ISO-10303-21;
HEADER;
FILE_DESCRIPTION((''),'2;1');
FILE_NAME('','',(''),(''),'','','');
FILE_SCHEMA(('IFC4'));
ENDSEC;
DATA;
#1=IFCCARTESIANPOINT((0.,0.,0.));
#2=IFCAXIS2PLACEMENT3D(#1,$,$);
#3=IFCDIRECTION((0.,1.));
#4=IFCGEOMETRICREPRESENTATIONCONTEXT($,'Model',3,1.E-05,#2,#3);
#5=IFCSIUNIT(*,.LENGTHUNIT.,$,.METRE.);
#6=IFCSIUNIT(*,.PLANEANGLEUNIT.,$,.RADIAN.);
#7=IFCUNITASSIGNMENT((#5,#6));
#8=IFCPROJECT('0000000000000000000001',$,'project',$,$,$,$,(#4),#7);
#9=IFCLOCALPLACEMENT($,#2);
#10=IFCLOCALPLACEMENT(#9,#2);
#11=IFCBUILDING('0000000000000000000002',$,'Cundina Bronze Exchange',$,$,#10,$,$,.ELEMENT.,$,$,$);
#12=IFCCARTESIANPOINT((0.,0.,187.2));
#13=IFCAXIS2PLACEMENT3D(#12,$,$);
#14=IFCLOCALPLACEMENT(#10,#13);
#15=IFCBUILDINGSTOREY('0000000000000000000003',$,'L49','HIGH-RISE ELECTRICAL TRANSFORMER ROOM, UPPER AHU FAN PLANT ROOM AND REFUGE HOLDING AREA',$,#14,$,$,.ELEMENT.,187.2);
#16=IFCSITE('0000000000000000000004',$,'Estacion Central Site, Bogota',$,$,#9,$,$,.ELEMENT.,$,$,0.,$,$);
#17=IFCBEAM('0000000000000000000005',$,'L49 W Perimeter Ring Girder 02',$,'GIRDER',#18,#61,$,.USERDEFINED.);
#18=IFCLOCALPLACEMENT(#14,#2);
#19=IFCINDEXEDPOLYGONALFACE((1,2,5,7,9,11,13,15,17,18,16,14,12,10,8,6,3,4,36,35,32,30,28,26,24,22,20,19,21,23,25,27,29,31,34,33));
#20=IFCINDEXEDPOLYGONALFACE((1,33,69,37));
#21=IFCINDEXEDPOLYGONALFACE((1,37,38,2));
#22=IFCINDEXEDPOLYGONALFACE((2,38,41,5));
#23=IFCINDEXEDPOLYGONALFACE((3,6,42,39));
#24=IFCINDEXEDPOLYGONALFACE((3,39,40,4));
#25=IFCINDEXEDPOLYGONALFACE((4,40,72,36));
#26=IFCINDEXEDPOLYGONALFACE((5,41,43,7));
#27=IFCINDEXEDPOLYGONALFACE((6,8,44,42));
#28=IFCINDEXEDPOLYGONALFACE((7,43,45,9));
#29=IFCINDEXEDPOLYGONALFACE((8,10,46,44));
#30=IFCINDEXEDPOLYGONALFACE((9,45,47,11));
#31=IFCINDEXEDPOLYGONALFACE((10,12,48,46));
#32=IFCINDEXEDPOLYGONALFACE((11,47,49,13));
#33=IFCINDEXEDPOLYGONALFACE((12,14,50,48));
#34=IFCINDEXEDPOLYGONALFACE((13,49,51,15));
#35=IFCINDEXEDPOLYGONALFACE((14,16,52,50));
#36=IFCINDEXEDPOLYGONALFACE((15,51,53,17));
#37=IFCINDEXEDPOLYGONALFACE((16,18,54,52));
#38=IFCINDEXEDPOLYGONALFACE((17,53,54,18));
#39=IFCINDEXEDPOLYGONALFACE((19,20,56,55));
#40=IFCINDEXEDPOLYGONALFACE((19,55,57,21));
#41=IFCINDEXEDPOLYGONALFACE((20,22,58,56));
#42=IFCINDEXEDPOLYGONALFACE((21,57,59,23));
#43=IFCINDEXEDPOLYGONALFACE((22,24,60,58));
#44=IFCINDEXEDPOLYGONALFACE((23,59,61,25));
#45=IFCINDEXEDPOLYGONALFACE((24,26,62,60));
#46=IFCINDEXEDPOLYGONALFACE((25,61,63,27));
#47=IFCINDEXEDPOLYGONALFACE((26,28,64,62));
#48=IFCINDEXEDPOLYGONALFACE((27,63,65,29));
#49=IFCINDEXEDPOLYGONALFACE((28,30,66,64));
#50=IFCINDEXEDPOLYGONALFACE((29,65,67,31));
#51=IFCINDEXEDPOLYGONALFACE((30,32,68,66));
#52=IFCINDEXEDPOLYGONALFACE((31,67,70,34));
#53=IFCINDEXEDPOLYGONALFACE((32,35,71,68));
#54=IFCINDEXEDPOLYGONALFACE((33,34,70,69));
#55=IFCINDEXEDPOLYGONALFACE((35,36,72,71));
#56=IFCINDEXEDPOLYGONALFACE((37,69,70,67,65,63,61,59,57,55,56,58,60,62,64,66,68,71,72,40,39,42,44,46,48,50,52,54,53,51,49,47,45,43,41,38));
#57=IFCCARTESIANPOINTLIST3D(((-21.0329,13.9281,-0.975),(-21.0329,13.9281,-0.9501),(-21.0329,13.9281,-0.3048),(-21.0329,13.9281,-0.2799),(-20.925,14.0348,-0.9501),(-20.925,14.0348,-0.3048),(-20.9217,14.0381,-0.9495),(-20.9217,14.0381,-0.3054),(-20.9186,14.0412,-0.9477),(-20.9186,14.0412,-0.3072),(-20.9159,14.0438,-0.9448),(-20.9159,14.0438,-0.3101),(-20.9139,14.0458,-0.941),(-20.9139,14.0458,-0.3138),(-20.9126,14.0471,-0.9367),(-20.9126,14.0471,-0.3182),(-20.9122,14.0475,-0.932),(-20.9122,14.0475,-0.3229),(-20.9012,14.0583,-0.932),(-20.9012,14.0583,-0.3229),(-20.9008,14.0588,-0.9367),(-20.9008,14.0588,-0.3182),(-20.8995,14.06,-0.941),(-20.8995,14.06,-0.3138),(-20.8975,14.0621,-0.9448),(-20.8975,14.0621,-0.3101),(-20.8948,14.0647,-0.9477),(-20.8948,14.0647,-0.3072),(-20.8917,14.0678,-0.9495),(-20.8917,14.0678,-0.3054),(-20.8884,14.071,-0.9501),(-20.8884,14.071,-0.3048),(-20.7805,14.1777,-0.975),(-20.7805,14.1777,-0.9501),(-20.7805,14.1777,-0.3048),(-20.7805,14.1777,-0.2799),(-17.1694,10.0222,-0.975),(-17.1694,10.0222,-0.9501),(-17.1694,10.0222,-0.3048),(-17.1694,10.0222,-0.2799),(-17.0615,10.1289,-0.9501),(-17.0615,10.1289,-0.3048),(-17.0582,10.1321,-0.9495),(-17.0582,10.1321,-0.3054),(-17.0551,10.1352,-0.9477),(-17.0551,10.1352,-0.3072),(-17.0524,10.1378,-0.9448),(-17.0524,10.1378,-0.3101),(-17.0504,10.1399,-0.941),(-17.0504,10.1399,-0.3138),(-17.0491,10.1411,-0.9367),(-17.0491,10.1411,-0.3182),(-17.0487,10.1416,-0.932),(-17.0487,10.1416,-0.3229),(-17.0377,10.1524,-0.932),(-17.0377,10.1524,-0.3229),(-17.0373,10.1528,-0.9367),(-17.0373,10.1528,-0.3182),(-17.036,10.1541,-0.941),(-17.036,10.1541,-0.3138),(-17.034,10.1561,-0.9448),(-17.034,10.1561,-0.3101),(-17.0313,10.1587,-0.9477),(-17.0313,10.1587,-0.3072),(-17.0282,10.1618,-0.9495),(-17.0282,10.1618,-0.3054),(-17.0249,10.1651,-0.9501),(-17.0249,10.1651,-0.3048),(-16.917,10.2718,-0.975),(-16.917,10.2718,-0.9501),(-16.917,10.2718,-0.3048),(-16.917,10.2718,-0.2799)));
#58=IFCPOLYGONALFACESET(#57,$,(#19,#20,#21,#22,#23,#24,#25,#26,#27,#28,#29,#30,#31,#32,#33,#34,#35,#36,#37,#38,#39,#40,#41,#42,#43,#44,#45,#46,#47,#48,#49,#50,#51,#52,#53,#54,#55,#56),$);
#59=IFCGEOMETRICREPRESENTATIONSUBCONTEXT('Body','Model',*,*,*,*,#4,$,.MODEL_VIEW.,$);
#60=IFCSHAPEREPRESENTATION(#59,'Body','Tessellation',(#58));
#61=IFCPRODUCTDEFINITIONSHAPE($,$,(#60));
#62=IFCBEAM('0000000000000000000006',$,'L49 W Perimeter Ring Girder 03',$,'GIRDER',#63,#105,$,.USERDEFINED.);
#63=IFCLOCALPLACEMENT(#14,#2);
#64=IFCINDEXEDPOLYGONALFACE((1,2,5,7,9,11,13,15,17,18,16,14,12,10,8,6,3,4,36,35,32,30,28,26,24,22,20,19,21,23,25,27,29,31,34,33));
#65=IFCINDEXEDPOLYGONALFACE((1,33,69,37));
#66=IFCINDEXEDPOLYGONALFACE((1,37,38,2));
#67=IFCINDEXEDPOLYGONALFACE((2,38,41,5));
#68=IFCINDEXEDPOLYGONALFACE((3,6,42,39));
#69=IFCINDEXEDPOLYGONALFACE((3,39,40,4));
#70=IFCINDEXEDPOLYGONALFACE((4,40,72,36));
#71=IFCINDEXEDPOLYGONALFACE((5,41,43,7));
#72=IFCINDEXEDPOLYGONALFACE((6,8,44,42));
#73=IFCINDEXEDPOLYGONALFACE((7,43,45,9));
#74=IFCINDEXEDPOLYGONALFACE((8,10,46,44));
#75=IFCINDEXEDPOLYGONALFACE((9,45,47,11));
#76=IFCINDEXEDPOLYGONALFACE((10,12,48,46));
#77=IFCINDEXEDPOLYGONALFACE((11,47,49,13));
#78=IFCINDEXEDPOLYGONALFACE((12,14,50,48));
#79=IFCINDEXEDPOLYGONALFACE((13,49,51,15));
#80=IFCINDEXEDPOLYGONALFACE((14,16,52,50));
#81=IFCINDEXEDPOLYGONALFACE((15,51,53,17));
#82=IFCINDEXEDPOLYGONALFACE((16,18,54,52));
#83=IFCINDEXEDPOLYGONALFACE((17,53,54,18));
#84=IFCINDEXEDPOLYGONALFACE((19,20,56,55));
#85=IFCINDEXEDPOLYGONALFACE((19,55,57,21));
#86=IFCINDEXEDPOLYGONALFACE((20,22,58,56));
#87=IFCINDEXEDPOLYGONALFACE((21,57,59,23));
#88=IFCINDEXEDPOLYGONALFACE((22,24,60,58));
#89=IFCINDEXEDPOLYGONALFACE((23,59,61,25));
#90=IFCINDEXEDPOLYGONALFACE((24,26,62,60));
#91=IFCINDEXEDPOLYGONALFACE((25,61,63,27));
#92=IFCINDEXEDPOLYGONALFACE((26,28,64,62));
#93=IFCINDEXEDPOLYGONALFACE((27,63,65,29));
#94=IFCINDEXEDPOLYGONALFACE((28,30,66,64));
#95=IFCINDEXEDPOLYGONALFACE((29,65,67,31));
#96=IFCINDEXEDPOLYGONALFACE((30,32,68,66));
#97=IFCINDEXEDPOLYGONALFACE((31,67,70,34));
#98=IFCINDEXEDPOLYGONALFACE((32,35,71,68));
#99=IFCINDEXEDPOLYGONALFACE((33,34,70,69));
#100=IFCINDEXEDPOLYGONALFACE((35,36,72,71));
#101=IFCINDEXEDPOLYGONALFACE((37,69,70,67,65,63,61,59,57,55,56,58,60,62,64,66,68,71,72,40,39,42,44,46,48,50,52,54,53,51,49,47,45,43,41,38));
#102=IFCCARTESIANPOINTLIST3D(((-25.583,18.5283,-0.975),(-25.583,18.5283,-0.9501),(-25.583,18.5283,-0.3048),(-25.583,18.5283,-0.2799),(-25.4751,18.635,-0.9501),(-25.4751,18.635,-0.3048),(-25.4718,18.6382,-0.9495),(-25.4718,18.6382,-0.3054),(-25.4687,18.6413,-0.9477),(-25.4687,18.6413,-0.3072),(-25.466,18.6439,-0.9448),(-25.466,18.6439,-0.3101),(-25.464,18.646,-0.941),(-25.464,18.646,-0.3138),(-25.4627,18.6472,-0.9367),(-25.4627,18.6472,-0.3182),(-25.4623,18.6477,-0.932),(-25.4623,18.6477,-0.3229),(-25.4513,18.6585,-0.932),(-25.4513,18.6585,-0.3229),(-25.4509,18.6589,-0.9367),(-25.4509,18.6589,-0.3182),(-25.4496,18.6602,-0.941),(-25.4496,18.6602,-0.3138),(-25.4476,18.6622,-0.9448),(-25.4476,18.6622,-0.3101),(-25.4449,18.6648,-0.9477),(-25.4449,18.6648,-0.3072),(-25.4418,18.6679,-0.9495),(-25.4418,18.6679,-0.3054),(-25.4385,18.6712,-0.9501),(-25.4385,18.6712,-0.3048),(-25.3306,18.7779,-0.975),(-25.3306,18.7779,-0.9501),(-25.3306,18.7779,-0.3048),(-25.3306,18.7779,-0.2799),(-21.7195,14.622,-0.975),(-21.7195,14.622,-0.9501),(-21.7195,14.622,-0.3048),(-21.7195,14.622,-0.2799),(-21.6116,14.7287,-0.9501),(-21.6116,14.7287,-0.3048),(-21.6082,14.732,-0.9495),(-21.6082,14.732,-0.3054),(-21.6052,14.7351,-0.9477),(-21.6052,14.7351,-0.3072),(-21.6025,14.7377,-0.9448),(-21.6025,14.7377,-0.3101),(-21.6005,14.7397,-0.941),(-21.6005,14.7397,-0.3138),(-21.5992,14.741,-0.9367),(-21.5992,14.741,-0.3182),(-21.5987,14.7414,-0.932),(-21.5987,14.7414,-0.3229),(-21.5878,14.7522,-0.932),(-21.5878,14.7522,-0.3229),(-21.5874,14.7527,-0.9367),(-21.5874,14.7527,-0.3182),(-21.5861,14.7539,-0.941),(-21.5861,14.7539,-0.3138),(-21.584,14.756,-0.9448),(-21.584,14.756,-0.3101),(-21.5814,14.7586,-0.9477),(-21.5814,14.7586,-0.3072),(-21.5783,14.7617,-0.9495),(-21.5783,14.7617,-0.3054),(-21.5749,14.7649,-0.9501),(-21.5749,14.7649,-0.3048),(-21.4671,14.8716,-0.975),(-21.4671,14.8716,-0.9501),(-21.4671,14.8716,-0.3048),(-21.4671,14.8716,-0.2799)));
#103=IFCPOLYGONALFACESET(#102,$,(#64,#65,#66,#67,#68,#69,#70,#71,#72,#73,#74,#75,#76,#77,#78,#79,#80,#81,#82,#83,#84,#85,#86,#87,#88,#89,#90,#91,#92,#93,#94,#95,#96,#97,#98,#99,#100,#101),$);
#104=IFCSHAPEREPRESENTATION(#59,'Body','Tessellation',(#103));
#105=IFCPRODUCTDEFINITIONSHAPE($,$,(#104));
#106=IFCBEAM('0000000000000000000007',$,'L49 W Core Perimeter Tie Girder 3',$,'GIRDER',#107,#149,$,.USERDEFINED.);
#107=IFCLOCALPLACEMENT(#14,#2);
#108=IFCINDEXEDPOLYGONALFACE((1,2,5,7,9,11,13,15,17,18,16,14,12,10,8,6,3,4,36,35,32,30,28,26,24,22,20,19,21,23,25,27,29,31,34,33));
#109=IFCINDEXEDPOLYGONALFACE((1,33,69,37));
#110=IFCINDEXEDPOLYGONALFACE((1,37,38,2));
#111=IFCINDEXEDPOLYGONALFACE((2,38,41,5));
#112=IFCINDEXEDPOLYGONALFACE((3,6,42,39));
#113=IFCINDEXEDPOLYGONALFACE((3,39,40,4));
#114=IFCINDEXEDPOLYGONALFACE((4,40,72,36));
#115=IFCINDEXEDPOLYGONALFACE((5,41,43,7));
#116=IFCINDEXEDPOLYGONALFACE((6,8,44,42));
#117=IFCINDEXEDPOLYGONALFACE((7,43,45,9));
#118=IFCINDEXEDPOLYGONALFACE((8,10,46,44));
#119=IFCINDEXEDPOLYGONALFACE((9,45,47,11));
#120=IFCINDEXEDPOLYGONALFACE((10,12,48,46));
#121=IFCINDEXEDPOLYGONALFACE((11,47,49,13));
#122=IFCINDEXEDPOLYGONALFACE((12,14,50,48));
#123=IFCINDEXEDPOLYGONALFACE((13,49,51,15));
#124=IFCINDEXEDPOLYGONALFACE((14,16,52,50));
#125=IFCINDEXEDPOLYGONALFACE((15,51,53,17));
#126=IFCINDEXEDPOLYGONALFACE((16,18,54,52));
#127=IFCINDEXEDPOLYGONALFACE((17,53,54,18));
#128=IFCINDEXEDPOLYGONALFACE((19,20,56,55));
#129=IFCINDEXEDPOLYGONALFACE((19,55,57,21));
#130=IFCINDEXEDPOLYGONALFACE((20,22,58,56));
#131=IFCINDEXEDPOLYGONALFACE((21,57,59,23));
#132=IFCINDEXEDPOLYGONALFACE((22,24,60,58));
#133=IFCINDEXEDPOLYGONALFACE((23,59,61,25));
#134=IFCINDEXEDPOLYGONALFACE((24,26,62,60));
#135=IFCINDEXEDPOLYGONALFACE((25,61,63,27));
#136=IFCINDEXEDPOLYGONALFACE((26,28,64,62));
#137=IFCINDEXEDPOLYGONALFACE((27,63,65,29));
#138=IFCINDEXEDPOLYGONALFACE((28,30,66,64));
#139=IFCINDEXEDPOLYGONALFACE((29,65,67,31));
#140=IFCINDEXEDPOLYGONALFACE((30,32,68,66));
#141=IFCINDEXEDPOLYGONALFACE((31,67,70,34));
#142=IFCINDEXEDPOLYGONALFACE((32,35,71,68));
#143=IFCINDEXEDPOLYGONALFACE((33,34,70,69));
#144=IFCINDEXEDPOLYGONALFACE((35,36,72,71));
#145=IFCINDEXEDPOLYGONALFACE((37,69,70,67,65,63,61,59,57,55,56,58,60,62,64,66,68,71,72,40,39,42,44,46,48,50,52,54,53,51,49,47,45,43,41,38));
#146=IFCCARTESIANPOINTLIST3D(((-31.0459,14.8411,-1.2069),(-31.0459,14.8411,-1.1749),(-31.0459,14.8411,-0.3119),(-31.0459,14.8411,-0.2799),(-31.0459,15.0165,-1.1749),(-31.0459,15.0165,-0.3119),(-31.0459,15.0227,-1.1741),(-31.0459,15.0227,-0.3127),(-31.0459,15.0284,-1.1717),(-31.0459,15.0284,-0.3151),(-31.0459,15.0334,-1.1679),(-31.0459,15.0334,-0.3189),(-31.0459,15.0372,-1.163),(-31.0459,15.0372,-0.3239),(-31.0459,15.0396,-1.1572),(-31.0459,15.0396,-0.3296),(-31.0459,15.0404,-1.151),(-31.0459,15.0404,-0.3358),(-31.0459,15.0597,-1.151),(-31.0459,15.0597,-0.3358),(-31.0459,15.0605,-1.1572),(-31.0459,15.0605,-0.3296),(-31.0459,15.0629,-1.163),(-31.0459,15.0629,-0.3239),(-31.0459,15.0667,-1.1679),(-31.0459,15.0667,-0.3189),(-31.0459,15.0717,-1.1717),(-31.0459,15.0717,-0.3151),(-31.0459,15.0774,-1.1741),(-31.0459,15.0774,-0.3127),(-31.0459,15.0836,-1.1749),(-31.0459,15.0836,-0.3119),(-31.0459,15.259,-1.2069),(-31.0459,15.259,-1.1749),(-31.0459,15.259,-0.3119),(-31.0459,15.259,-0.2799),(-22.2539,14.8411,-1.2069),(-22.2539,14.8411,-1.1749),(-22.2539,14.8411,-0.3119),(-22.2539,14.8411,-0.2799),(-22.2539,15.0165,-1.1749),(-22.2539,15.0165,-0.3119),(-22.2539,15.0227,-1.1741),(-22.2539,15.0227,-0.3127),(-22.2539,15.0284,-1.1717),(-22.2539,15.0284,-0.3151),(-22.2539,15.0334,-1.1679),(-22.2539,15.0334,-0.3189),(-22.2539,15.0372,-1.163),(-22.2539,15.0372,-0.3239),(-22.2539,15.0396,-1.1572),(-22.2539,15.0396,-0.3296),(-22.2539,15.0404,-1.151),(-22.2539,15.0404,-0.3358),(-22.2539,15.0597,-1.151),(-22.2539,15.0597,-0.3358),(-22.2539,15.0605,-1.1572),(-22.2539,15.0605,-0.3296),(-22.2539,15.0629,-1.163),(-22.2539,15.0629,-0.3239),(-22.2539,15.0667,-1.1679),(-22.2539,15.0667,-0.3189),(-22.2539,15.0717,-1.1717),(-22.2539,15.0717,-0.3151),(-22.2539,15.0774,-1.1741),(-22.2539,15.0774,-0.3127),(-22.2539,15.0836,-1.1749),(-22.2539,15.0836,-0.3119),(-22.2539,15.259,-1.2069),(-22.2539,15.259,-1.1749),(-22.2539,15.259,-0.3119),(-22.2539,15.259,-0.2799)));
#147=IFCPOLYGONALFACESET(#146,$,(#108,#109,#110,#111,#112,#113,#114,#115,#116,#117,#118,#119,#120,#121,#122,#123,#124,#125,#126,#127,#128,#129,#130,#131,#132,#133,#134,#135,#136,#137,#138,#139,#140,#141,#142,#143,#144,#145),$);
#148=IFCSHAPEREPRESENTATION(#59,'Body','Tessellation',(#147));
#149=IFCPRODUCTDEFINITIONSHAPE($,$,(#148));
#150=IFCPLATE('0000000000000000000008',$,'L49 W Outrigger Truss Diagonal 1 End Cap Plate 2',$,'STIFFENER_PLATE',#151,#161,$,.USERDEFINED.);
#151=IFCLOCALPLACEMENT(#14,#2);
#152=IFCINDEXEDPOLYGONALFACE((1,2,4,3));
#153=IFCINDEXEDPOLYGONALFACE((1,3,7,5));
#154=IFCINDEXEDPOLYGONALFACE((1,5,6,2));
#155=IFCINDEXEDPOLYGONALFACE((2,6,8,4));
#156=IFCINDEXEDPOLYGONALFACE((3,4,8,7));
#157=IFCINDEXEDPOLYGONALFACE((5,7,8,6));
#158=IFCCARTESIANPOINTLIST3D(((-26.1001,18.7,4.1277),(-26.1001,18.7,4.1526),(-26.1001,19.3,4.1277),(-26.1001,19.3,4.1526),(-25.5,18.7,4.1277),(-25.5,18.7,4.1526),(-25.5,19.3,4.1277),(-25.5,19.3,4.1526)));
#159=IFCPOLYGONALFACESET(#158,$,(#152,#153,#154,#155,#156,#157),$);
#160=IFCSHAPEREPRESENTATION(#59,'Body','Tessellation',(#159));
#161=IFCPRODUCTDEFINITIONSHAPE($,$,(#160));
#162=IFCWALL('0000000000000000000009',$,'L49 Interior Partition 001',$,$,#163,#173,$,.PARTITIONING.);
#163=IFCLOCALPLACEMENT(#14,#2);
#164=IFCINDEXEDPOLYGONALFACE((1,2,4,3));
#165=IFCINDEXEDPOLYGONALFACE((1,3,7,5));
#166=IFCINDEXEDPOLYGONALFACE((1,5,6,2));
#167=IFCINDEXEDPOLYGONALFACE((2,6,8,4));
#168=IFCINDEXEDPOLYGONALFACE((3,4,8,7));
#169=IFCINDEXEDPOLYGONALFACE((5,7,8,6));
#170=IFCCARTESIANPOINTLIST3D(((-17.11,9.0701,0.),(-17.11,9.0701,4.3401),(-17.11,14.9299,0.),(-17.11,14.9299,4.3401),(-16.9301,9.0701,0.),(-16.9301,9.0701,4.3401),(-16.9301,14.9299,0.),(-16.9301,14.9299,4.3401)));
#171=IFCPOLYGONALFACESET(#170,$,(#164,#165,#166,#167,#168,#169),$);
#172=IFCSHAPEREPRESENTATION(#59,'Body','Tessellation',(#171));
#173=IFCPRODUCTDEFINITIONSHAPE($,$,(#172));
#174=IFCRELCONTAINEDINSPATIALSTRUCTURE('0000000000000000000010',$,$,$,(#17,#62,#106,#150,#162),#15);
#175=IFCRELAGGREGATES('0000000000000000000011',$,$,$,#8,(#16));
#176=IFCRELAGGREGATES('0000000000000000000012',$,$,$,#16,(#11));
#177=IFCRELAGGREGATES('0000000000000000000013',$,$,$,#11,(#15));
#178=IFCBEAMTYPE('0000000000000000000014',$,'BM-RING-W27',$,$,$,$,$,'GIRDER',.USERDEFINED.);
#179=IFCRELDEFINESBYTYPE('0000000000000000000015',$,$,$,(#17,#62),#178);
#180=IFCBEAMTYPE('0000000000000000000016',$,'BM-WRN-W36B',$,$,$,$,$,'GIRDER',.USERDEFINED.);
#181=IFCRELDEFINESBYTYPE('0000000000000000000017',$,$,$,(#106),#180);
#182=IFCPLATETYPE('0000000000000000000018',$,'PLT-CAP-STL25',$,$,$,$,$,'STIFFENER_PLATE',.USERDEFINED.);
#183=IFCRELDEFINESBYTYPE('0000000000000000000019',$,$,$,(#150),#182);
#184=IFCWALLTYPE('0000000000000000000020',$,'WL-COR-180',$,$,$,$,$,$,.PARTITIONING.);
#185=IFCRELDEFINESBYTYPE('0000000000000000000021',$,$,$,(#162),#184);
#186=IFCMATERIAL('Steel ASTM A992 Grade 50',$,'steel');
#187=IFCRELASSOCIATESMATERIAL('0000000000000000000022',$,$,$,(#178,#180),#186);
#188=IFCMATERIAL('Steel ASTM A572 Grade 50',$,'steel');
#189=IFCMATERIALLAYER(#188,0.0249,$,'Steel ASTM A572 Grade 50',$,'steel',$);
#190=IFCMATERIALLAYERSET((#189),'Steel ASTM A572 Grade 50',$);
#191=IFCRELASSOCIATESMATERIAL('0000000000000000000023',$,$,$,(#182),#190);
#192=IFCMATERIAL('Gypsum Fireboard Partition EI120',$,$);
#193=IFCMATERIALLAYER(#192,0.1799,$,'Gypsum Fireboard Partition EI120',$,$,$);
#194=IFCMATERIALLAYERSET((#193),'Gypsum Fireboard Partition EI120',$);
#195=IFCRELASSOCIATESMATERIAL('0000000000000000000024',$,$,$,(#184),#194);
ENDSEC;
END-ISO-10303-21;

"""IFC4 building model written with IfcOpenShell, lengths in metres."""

from ifc_helpers import new_model, si_unit, direction, frame, frame_2d, origin, origin_2d, place, context, subcontext, project, spatial, rectangle, i_section, extrude, material, layer, layer_set, material_profile, profile_set, type_object, element, save


model = new_model("IFC4")

# Units and contexts
model_context = context("Model", 3, precision=1e-05, world=origin(), true_north=direction((0.0, 1.0)))
body_context = subcontext(model_context, "Body", "Model", "MODEL_VIEW")
ifc_project = project(units=[si_unit("LENGTHUNIT", "METRE"), si_unit("PLANEANGLEUNIT", "RADIAN")], contexts=[model_context])

# Site, building, storey
site_placement = place(None, origin())
site = spatial("IfcSite", under=ifc_project, at=site_placement, Name="Estacion Central Site, Bogota", CompositionType="ELEMENT", RefElevation=0.0)
building_placement = place(site_placement, origin())
building = spatial("IfcBuilding", under=site, at=building_placement, Name="Cundina Bronze Exchange", CompositionType="ELEMENT")
storey_placement = place(building_placement, frame((0.0, 0.0, 187.2)))
storey = spatial("IfcBuildingStorey", under=building, at=storey_placement, Name="L49", Description="HIGH-RISE ELECTRICAL TRANSFORMER ROOM, UPPER AHU FAN PLANT ROOM AND REFUGE HOLDING AREA", CompositionType="ELEMENT", Elevation=187.2)

# Shared definitions
ifc_material_1 = material(Name="Steel ASTM A992 Grade 50", Category="steel")

# Beams
ifc_material_profile_1 = material_profile(ifc_material_1, i_section(OverallWidth=0.355, OverallDepth=0.6951, WebThickness=0.0154, FlangeThickness=0.0249, FilletRadius=0.0181, at=origin_2d()), Name="W27X146", Category="steel")
ifc_profile_set_1 = profile_set([ifc_material_profile_1], Name="Steel ASTM A992 Grade 50")
beam_type_1 = type_object("IfcBeamType", Name="BM-RING-W27", ElementType="GIRDER", PredefinedType="USERDEFINED", material=ifc_profile_set_1)
beam_1_placement = place(storey_placement, frame((-17.0432, 10.147, -0.6274), z_axis=(-0.70323, 0.710962, 0.0), x_axis=(-0.710962, -0.70323, 0.0)))
element("IfcBeam", 1, at=beam_1_placement, inside=storey, type_object=beam_type_1, Name="L49 W Perimeter Ring Girder 02", ObjectType="GIRDER", PredefinedType="USERDEFINED", context=body_context, shape_type="SweptSolid", body=[
    extrude(i_section(OverallWidth=0.355, OverallDepth=0.6951, WebThickness=0.0154, FlangeThickness=0.0249, FilletRadius=0.0181, at=origin_2d()), origin(), (0.0, 0.0, 1.0), 5.4939),
])
beam_2_placement = place(storey_placement, frame((-21.5933, 14.7468, -0.6274), z_axis=(-0.703208, 0.710984, 0.0), x_axis=(-0.710984, -0.703208, 0.0)))
element("IfcBeam", 2, at=beam_2_placement, inside=storey, type_object=beam_type_1, Name="L49 W Perimeter Ring Girder 03", ObjectType="GIRDER", PredefinedType="USERDEFINED", context=body_context, shape_type="SweptSolid", body=[
    extrude(i_section(OverallWidth=0.355, OverallDepth=0.6951, WebThickness=0.0154, FlangeThickness=0.0249, FilletRadius=0.0181, at=origin_2d()), origin(), (0.0, 0.0, 1.0), 5.4941),
])
ifc_material_profile_2 = material_profile(ifc_material_1, i_section(OverallWidth=0.418, OverallDepth=0.927, WebThickness=0.0193, FlangeThickness=0.032, FilletRadius=0.0239, at=origin_2d()), Name="W36X231", Category="steel")
ifc_profile_set_2 = profile_set([ifc_material_profile_2], Name="Steel ASTM A992 Grade 50")
beam_type_2 = type_object("IfcBeamType", Name="BM-WRN-W36B", ElementType="GIRDER", PredefinedType="USERDEFINED", material=ifc_profile_set_2)
beam_3_placement = place(storey_placement, frame((-22.2539, 15.05, -0.7434), z_axis=(-1.0, 0.0, 0.0), x_axis=(0.0, -1.0, 0.0)))
element("IfcBeam", 3, at=beam_3_placement, inside=storey, type_object=beam_type_2, Name="L49 W Core Perimeter Tie Girder 3", ObjectType="GIRDER", PredefinedType="USERDEFINED", context=body_context, shape_type="SweptSolid", body=[
    extrude(i_section(OverallWidth=0.418, OverallDepth=0.927, WebThickness=0.0193, FlangeThickness=0.032, FilletRadius=0.0239, at=origin_2d()), origin(), (0.0, 0.0, 1.0), 8.792),
])

# Plate
ifc_material_2 = material(Name="Steel ASTM A572 Grade 50", Category="steel")
ifc_layer_1 = layer(ifc_material_2, 0.0249, Name="Steel ASTM A572 Grade 50", Category="steel")
ifc_layer_set_1 = layer_set([ifc_layer_1], Name="Steel ASTM A572 Grade 50")
plate_type = type_object("IfcPlateType", Name="PLT-CAP-STL25", ElementType="STIFFENER_PLATE", PredefinedType="USERDEFINED", material=ifc_layer_set_1)
plate_placement = place(storey_placement, frame((-25.8, 19.0, 4.1277), z_axis=(0.0, 0.0, 1.0), x_axis=(1.0, 0.0, 0.0)))
element("IfcPlate", 4, at=plate_placement, inside=storey, type_object=plate_type, Name="L49 W Outrigger Truss Diagonal 1 End Cap Plate 2", ObjectType="STIFFENER_PLATE", PredefinedType="USERDEFINED", context=body_context, shape_type="SweptSolid", body=[
    extrude(rectangle(XDim=0.6001, YDim=0.6001, at=origin_2d()), origin(), (0.0, 0.0, 1.0), 0.0249),
])

# Wall
ifc_material_3 = material(Name="Gypsum Fireboard Partition EI120")
ifc_layer_2 = layer(ifc_material_3, 0.1799, Name="Gypsum Fireboard Partition EI120")
ifc_layer_set_2 = layer_set([ifc_layer_2], Name="Gypsum Fireboard Partition EI120")
wall_type_1 = type_object("IfcWallType", Name="WL-COR-180", PredefinedType="PARTITIONING", material=ifc_layer_set_2)
wall_1_placement = place(storey_placement, frame((-17.02, 9.0701, 0.0), z_axis=(0.0, 0.0, 1.0), x_axis=(0.0, 1.0, 0.0)))
element("IfcWall", 5, at=wall_1_placement, inside=storey, type_object=wall_type_1, Name="L49 Interior Partition 001", PredefinedType="PARTITIONING", context=body_context, shape_type="SweptSolid", body=[
    extrude(rectangle(XDim=5.8599, YDim=0.1799, at=frame_2d((2.9299, 0.0))), origin(), (0.0, 0.0, 1.0), 4.3401),
])

save(model, "model.ifc")
